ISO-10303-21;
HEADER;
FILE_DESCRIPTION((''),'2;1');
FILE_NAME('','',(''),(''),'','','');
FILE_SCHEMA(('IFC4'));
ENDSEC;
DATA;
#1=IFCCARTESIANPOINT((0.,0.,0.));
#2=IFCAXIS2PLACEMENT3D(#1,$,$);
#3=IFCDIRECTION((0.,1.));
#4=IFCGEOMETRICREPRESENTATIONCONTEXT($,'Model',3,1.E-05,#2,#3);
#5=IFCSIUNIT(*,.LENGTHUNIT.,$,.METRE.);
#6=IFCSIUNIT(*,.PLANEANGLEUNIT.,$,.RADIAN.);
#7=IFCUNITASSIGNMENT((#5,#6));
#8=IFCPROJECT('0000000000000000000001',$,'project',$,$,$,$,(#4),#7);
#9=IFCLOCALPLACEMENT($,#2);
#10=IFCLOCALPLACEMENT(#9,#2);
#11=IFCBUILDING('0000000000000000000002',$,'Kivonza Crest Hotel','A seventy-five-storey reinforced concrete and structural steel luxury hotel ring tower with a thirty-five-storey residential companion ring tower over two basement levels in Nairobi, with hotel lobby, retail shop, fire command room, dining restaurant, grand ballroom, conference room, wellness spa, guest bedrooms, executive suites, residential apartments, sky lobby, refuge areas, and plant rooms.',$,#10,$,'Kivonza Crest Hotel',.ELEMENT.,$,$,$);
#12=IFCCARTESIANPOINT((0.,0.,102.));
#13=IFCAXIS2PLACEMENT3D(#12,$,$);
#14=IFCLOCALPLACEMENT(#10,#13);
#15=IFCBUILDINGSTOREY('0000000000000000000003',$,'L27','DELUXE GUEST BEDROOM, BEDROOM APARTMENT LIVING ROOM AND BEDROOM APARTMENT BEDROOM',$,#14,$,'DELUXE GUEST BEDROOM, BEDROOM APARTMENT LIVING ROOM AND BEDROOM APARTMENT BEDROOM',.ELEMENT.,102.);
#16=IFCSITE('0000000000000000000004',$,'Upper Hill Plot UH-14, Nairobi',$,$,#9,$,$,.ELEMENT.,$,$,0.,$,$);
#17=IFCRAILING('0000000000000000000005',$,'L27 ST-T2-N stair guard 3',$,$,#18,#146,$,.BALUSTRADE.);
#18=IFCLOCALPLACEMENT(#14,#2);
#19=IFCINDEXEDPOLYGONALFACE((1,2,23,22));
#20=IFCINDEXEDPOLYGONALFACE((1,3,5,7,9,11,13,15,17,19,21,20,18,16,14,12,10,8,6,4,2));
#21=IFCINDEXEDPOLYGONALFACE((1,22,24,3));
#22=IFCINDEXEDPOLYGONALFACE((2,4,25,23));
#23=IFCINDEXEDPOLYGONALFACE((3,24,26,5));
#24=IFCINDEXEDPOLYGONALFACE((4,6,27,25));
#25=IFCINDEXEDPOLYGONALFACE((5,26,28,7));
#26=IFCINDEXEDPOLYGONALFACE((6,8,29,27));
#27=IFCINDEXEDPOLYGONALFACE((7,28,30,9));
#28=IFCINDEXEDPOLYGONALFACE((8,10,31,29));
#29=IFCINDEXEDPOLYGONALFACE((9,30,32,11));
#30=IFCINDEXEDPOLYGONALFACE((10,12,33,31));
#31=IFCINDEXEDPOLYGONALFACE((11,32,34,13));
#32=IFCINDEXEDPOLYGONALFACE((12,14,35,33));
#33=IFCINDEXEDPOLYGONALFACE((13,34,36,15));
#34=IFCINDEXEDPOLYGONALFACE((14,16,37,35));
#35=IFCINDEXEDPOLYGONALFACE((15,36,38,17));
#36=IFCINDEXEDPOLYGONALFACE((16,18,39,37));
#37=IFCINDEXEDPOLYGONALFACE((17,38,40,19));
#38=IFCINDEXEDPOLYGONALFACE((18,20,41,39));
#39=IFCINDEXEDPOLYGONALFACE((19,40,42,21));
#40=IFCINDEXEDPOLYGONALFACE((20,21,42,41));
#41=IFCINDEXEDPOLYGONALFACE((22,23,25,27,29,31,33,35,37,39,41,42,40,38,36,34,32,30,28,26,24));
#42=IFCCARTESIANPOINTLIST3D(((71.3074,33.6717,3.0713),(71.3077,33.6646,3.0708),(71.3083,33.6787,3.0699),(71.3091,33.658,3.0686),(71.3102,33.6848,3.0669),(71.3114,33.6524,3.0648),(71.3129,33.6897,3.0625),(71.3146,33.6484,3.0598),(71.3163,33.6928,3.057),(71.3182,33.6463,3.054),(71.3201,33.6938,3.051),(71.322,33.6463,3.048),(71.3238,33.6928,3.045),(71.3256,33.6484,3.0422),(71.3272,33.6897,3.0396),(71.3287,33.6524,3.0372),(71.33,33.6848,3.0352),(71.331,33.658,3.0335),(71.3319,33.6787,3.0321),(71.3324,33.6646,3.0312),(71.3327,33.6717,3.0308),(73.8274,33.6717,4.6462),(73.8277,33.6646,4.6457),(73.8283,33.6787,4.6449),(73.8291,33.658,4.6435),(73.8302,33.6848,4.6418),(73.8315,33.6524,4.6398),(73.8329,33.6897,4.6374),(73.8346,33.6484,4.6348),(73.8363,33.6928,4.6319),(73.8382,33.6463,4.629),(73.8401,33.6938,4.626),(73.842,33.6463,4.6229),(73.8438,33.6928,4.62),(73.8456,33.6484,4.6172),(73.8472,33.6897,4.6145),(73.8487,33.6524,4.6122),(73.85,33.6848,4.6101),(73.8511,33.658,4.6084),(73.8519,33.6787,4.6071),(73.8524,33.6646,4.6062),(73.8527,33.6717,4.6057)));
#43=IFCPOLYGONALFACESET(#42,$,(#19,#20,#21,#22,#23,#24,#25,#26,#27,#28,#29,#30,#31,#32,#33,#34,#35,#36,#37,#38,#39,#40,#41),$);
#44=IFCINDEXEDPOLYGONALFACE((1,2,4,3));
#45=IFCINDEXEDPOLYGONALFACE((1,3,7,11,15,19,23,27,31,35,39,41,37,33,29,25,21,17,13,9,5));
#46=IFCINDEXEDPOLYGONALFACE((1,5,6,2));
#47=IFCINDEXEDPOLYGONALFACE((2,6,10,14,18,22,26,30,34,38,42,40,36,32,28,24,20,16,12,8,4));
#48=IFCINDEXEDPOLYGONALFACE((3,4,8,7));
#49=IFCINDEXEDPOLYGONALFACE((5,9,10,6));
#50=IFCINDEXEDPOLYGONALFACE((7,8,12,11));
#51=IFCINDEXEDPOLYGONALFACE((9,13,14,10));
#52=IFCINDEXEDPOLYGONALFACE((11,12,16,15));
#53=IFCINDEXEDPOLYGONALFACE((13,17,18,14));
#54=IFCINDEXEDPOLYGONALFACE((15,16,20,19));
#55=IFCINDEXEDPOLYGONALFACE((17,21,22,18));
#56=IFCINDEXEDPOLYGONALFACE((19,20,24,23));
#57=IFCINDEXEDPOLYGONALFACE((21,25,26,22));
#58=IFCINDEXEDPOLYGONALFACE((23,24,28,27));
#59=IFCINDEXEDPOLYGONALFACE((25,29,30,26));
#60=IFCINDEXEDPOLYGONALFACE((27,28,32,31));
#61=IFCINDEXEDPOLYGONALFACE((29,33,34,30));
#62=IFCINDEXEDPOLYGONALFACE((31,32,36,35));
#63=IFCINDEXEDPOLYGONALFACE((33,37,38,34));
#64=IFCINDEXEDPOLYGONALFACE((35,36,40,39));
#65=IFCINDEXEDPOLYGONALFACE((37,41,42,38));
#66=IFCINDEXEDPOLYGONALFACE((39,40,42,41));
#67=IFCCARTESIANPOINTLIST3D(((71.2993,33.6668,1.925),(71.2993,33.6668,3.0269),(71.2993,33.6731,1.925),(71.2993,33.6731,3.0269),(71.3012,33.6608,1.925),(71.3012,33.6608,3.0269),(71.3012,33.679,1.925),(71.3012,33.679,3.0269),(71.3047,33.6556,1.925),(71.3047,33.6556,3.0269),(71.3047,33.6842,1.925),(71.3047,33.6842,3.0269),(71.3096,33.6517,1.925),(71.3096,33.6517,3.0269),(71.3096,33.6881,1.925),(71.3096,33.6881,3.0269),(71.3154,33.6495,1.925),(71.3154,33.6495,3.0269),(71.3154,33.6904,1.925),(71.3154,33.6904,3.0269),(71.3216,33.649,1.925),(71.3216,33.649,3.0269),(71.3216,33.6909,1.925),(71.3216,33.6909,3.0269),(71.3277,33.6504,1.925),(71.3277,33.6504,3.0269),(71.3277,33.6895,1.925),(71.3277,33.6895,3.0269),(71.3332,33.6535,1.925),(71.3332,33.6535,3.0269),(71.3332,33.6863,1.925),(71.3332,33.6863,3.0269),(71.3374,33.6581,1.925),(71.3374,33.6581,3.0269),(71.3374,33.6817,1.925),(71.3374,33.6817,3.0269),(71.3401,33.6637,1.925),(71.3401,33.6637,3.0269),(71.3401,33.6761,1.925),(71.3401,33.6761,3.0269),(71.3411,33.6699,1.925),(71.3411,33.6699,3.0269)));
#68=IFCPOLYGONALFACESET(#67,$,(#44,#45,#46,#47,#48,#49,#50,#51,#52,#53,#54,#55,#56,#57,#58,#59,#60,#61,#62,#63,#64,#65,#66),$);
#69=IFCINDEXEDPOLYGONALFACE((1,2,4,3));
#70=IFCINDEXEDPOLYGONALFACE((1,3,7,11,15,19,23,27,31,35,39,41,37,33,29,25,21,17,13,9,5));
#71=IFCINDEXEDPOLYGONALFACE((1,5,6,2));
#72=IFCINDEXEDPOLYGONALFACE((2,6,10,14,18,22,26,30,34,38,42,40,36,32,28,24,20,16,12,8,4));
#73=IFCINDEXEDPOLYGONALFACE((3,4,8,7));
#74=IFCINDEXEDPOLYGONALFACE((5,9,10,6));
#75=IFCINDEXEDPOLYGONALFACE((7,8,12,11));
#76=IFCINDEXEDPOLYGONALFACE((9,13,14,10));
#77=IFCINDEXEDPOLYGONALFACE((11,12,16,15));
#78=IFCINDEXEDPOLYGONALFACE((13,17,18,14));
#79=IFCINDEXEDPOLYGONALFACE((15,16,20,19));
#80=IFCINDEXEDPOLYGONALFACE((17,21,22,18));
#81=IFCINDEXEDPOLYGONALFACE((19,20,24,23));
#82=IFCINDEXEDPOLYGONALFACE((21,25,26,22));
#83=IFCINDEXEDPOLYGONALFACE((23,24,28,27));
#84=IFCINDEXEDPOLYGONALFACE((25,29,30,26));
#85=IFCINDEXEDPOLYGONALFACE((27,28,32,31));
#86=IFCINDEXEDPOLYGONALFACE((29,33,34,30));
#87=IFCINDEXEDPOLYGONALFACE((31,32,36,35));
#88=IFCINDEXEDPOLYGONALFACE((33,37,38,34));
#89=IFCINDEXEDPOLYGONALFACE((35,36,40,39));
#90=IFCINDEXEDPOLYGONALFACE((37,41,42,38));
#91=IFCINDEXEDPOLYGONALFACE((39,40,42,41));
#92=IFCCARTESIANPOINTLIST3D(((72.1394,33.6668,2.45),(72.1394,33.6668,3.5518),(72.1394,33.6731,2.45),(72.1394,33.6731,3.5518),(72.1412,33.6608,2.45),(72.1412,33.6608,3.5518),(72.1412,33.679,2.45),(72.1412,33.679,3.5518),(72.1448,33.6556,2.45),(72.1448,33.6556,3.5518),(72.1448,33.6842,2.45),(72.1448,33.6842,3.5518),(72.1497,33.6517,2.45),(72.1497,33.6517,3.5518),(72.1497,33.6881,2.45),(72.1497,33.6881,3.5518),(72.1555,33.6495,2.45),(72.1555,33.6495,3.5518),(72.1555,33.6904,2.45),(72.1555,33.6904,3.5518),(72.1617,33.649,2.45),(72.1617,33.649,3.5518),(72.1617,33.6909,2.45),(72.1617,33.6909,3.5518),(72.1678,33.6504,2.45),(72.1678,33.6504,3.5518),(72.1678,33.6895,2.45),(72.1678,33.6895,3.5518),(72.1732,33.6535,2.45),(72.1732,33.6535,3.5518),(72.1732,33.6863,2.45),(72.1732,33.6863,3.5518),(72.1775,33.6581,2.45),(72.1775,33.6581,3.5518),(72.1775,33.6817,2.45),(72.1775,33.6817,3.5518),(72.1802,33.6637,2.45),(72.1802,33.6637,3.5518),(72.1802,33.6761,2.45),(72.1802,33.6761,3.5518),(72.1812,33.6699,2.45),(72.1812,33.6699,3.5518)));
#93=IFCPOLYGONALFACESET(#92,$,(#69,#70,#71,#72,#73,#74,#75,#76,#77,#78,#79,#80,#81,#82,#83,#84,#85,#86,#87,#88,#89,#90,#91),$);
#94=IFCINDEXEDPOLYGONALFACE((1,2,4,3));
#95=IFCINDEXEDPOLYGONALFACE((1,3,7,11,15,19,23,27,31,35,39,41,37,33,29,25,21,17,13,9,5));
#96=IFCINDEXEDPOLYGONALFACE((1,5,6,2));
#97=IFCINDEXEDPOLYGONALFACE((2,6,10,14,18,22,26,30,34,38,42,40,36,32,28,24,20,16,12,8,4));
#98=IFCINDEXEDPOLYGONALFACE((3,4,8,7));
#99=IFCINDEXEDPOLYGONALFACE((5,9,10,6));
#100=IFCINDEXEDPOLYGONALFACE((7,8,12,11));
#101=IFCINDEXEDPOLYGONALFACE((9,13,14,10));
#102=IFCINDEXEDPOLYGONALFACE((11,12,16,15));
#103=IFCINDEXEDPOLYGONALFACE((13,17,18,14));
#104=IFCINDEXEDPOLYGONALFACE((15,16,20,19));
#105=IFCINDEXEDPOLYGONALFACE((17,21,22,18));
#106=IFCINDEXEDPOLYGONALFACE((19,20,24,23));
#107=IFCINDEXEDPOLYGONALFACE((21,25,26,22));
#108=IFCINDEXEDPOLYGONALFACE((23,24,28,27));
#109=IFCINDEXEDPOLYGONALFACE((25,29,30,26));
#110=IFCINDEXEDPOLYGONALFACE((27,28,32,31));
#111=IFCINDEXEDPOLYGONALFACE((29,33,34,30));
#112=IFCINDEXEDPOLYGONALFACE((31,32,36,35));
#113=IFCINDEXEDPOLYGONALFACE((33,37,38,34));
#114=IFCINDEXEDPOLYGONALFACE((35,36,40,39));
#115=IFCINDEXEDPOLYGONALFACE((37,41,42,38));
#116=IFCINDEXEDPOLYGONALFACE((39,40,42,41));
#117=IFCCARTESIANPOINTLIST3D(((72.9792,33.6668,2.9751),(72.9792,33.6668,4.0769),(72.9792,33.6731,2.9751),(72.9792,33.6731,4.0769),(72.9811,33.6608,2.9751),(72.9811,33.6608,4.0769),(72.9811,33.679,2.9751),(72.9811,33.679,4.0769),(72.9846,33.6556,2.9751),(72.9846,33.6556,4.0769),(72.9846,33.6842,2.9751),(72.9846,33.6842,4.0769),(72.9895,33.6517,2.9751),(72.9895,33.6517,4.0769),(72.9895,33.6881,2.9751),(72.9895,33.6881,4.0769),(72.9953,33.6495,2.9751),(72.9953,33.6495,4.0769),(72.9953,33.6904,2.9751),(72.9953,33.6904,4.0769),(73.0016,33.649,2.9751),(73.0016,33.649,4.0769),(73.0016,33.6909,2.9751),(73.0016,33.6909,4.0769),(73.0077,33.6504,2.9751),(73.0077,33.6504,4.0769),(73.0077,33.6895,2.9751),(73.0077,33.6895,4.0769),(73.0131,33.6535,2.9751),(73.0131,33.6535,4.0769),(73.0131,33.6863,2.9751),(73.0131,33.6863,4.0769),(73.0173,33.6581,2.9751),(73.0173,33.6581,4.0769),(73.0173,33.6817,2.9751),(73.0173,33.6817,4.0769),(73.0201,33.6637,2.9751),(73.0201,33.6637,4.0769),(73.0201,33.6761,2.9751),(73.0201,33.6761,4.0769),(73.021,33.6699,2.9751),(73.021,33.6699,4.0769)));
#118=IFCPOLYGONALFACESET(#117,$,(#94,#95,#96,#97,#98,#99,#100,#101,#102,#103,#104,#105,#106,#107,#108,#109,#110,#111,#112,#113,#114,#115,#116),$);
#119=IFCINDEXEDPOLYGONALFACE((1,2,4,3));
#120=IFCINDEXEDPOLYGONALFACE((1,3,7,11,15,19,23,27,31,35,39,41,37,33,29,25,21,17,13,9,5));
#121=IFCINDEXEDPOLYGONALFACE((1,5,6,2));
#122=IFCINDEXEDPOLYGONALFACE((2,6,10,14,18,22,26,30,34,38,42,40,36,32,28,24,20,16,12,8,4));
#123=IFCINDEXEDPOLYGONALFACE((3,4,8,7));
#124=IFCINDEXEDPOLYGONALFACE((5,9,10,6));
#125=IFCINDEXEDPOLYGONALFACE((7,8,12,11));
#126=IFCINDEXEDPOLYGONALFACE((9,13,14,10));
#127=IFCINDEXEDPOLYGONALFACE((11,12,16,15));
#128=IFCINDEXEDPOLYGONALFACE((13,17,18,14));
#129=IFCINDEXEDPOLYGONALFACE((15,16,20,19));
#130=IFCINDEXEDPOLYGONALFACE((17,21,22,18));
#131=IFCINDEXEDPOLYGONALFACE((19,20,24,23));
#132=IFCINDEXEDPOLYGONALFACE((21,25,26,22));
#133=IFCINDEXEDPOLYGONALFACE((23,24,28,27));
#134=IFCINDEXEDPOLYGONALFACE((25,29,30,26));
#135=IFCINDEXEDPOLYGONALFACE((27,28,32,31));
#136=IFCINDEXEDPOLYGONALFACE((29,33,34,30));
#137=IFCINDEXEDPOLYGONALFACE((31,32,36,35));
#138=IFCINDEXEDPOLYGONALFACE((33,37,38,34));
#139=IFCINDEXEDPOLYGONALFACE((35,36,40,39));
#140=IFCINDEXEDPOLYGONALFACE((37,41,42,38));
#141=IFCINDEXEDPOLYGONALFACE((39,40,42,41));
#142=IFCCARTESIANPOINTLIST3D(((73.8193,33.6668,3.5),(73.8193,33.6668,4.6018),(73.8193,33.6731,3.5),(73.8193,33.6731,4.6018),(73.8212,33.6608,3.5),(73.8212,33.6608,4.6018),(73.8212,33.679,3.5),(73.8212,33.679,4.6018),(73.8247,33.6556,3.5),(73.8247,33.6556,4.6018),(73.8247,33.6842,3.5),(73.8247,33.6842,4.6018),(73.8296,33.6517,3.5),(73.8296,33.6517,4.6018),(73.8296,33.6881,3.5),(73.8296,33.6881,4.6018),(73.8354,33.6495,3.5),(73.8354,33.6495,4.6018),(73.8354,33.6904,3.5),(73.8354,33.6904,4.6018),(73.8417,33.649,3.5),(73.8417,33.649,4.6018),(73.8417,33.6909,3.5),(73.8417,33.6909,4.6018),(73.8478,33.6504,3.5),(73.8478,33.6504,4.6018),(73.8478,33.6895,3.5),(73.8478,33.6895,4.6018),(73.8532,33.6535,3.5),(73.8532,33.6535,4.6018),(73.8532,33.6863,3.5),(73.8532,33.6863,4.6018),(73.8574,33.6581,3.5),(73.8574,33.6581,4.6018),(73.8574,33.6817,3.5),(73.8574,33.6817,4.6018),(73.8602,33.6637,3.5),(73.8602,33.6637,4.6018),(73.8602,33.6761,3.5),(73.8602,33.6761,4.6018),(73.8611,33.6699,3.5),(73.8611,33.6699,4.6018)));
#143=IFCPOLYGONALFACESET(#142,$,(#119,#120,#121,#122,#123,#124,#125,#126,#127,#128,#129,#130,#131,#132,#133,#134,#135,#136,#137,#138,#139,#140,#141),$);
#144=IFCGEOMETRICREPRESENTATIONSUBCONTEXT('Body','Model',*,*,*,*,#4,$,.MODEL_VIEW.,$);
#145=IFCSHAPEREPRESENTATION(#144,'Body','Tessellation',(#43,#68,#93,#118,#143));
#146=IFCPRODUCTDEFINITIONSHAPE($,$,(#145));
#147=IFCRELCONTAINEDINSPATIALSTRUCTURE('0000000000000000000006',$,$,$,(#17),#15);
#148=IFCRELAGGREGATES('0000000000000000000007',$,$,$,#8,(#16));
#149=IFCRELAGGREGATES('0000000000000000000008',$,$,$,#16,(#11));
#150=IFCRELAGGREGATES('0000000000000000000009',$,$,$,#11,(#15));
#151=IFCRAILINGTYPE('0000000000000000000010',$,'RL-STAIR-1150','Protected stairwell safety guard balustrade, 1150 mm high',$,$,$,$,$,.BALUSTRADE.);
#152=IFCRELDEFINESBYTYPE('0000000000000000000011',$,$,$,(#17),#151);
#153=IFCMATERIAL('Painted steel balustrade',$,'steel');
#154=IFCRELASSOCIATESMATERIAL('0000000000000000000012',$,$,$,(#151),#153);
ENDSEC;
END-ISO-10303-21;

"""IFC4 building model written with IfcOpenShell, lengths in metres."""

from ifc_helpers import new_model, si_unit, direction, frame, origin, origin_2d, place, context, subcontext, project, spatial, circle, extrude, material, type_object, element, save


model = new_model("IFC4")

# Units and contexts
model_context = context("Model", 3, precision=1e-05, world=origin(), true_north=direction((0.0, 1.0)))
body_context = subcontext(model_context, "Body", "Model", "MODEL_VIEW")
ifc_project = project(units=[si_unit("LENGTHUNIT", "METRE"), si_unit("PLANEANGLEUNIT", "RADIAN")], contexts=[model_context])

# Site, building, storey
site_placement = place(None, origin())
site = spatial("IfcSite", under=ifc_project, at=site_placement, Name="Upper Hill Plot UH-14, Nairobi", CompositionType="ELEMENT", RefElevation=0.0)
building_placement = place(site_placement, origin())
building = spatial("IfcBuilding", under=site, at=building_placement, Name="Kivonza Crest Hotel", Description="A seventy-five-storey reinforced concrete and structural steel luxury hotel ring tower with a thirty-five-storey residential companion ring tower over two basement levels in Nairobi, with hotel lobby, retail shop, fire command room, dining restaurant, grand ballroom, conference room, wellness spa, guest bedrooms, executive suites, residential apartments, sky lobby, refuge areas, and plant rooms.", LongName="Kivonza Crest Hotel", CompositionType="ELEMENT")
storey_placement = place(building_placement, frame((0.0, 0.0, 102.0)))
storey = spatial("IfcBuildingStorey", under=building, at=storey_placement, Name="L27", Description="DELUXE GUEST BEDROOM, BEDROOM APARTMENT LIVING ROOM AND BEDROOM APARTMENT BEDROOM", LongName="DELUXE GUEST BEDROOM, BEDROOM APARTMENT LIVING ROOM AND BEDROOM APARTMENT BEDROOM", CompositionType="ELEMENT", Elevation=102.0)

# Railing
ifc_material_1 = material(Name="Painted steel balustrade", Category="steel")
railing_type_1 = type_object("IfcRailingType", Name="RL-STAIR-1150", Description="Protected stairwell safety guard balustrade, 1150 mm high", PredefinedType="BALUSTRADE", material=ifc_material_1)
railing_1_placement = place(storey_placement, frame((71.3201, 33.6699, 1.925)))
element("IfcRailing", 1, at=railing_1_placement, inside=storey, type_object=railing_type_1, Name="L27 ST-T2-N stair guard 3", PredefinedType="BALUSTRADE", context=body_context, shape_type="SweptSolid", body=[
    extrude(circle(Radius=0.0239, at=origin_2d()), frame((0.0, 0.0, 1.126), z_axis=(0.848008, 0.0, 0.529984), x_axis=(0.0, 1.0, 0.0)), (0.0, 0.0, 1.0), 2.9717),
    extrude(circle(Radius=0.021, at=origin_2d()), origin(), (0.0, 0.0, 1.0), 1.1018),
    extrude(circle(Radius=0.021, at=origin_2d()), frame((0.8401, 0.0, 0.5249)), (0.0, 0.0, 1.0), 1.1018),
    extrude(circle(Radius=0.021, at=origin_2d()), frame((1.6799, 0.0, 1.05)), (0.0, 0.0, 1.0), 1.1018),
    extrude(circle(Radius=0.021, at=origin_2d()), frame((2.52, 0.0, 1.575)), (0.0, 0.0, 1.0), 1.1018),
])

save(model, "model.ifc")
